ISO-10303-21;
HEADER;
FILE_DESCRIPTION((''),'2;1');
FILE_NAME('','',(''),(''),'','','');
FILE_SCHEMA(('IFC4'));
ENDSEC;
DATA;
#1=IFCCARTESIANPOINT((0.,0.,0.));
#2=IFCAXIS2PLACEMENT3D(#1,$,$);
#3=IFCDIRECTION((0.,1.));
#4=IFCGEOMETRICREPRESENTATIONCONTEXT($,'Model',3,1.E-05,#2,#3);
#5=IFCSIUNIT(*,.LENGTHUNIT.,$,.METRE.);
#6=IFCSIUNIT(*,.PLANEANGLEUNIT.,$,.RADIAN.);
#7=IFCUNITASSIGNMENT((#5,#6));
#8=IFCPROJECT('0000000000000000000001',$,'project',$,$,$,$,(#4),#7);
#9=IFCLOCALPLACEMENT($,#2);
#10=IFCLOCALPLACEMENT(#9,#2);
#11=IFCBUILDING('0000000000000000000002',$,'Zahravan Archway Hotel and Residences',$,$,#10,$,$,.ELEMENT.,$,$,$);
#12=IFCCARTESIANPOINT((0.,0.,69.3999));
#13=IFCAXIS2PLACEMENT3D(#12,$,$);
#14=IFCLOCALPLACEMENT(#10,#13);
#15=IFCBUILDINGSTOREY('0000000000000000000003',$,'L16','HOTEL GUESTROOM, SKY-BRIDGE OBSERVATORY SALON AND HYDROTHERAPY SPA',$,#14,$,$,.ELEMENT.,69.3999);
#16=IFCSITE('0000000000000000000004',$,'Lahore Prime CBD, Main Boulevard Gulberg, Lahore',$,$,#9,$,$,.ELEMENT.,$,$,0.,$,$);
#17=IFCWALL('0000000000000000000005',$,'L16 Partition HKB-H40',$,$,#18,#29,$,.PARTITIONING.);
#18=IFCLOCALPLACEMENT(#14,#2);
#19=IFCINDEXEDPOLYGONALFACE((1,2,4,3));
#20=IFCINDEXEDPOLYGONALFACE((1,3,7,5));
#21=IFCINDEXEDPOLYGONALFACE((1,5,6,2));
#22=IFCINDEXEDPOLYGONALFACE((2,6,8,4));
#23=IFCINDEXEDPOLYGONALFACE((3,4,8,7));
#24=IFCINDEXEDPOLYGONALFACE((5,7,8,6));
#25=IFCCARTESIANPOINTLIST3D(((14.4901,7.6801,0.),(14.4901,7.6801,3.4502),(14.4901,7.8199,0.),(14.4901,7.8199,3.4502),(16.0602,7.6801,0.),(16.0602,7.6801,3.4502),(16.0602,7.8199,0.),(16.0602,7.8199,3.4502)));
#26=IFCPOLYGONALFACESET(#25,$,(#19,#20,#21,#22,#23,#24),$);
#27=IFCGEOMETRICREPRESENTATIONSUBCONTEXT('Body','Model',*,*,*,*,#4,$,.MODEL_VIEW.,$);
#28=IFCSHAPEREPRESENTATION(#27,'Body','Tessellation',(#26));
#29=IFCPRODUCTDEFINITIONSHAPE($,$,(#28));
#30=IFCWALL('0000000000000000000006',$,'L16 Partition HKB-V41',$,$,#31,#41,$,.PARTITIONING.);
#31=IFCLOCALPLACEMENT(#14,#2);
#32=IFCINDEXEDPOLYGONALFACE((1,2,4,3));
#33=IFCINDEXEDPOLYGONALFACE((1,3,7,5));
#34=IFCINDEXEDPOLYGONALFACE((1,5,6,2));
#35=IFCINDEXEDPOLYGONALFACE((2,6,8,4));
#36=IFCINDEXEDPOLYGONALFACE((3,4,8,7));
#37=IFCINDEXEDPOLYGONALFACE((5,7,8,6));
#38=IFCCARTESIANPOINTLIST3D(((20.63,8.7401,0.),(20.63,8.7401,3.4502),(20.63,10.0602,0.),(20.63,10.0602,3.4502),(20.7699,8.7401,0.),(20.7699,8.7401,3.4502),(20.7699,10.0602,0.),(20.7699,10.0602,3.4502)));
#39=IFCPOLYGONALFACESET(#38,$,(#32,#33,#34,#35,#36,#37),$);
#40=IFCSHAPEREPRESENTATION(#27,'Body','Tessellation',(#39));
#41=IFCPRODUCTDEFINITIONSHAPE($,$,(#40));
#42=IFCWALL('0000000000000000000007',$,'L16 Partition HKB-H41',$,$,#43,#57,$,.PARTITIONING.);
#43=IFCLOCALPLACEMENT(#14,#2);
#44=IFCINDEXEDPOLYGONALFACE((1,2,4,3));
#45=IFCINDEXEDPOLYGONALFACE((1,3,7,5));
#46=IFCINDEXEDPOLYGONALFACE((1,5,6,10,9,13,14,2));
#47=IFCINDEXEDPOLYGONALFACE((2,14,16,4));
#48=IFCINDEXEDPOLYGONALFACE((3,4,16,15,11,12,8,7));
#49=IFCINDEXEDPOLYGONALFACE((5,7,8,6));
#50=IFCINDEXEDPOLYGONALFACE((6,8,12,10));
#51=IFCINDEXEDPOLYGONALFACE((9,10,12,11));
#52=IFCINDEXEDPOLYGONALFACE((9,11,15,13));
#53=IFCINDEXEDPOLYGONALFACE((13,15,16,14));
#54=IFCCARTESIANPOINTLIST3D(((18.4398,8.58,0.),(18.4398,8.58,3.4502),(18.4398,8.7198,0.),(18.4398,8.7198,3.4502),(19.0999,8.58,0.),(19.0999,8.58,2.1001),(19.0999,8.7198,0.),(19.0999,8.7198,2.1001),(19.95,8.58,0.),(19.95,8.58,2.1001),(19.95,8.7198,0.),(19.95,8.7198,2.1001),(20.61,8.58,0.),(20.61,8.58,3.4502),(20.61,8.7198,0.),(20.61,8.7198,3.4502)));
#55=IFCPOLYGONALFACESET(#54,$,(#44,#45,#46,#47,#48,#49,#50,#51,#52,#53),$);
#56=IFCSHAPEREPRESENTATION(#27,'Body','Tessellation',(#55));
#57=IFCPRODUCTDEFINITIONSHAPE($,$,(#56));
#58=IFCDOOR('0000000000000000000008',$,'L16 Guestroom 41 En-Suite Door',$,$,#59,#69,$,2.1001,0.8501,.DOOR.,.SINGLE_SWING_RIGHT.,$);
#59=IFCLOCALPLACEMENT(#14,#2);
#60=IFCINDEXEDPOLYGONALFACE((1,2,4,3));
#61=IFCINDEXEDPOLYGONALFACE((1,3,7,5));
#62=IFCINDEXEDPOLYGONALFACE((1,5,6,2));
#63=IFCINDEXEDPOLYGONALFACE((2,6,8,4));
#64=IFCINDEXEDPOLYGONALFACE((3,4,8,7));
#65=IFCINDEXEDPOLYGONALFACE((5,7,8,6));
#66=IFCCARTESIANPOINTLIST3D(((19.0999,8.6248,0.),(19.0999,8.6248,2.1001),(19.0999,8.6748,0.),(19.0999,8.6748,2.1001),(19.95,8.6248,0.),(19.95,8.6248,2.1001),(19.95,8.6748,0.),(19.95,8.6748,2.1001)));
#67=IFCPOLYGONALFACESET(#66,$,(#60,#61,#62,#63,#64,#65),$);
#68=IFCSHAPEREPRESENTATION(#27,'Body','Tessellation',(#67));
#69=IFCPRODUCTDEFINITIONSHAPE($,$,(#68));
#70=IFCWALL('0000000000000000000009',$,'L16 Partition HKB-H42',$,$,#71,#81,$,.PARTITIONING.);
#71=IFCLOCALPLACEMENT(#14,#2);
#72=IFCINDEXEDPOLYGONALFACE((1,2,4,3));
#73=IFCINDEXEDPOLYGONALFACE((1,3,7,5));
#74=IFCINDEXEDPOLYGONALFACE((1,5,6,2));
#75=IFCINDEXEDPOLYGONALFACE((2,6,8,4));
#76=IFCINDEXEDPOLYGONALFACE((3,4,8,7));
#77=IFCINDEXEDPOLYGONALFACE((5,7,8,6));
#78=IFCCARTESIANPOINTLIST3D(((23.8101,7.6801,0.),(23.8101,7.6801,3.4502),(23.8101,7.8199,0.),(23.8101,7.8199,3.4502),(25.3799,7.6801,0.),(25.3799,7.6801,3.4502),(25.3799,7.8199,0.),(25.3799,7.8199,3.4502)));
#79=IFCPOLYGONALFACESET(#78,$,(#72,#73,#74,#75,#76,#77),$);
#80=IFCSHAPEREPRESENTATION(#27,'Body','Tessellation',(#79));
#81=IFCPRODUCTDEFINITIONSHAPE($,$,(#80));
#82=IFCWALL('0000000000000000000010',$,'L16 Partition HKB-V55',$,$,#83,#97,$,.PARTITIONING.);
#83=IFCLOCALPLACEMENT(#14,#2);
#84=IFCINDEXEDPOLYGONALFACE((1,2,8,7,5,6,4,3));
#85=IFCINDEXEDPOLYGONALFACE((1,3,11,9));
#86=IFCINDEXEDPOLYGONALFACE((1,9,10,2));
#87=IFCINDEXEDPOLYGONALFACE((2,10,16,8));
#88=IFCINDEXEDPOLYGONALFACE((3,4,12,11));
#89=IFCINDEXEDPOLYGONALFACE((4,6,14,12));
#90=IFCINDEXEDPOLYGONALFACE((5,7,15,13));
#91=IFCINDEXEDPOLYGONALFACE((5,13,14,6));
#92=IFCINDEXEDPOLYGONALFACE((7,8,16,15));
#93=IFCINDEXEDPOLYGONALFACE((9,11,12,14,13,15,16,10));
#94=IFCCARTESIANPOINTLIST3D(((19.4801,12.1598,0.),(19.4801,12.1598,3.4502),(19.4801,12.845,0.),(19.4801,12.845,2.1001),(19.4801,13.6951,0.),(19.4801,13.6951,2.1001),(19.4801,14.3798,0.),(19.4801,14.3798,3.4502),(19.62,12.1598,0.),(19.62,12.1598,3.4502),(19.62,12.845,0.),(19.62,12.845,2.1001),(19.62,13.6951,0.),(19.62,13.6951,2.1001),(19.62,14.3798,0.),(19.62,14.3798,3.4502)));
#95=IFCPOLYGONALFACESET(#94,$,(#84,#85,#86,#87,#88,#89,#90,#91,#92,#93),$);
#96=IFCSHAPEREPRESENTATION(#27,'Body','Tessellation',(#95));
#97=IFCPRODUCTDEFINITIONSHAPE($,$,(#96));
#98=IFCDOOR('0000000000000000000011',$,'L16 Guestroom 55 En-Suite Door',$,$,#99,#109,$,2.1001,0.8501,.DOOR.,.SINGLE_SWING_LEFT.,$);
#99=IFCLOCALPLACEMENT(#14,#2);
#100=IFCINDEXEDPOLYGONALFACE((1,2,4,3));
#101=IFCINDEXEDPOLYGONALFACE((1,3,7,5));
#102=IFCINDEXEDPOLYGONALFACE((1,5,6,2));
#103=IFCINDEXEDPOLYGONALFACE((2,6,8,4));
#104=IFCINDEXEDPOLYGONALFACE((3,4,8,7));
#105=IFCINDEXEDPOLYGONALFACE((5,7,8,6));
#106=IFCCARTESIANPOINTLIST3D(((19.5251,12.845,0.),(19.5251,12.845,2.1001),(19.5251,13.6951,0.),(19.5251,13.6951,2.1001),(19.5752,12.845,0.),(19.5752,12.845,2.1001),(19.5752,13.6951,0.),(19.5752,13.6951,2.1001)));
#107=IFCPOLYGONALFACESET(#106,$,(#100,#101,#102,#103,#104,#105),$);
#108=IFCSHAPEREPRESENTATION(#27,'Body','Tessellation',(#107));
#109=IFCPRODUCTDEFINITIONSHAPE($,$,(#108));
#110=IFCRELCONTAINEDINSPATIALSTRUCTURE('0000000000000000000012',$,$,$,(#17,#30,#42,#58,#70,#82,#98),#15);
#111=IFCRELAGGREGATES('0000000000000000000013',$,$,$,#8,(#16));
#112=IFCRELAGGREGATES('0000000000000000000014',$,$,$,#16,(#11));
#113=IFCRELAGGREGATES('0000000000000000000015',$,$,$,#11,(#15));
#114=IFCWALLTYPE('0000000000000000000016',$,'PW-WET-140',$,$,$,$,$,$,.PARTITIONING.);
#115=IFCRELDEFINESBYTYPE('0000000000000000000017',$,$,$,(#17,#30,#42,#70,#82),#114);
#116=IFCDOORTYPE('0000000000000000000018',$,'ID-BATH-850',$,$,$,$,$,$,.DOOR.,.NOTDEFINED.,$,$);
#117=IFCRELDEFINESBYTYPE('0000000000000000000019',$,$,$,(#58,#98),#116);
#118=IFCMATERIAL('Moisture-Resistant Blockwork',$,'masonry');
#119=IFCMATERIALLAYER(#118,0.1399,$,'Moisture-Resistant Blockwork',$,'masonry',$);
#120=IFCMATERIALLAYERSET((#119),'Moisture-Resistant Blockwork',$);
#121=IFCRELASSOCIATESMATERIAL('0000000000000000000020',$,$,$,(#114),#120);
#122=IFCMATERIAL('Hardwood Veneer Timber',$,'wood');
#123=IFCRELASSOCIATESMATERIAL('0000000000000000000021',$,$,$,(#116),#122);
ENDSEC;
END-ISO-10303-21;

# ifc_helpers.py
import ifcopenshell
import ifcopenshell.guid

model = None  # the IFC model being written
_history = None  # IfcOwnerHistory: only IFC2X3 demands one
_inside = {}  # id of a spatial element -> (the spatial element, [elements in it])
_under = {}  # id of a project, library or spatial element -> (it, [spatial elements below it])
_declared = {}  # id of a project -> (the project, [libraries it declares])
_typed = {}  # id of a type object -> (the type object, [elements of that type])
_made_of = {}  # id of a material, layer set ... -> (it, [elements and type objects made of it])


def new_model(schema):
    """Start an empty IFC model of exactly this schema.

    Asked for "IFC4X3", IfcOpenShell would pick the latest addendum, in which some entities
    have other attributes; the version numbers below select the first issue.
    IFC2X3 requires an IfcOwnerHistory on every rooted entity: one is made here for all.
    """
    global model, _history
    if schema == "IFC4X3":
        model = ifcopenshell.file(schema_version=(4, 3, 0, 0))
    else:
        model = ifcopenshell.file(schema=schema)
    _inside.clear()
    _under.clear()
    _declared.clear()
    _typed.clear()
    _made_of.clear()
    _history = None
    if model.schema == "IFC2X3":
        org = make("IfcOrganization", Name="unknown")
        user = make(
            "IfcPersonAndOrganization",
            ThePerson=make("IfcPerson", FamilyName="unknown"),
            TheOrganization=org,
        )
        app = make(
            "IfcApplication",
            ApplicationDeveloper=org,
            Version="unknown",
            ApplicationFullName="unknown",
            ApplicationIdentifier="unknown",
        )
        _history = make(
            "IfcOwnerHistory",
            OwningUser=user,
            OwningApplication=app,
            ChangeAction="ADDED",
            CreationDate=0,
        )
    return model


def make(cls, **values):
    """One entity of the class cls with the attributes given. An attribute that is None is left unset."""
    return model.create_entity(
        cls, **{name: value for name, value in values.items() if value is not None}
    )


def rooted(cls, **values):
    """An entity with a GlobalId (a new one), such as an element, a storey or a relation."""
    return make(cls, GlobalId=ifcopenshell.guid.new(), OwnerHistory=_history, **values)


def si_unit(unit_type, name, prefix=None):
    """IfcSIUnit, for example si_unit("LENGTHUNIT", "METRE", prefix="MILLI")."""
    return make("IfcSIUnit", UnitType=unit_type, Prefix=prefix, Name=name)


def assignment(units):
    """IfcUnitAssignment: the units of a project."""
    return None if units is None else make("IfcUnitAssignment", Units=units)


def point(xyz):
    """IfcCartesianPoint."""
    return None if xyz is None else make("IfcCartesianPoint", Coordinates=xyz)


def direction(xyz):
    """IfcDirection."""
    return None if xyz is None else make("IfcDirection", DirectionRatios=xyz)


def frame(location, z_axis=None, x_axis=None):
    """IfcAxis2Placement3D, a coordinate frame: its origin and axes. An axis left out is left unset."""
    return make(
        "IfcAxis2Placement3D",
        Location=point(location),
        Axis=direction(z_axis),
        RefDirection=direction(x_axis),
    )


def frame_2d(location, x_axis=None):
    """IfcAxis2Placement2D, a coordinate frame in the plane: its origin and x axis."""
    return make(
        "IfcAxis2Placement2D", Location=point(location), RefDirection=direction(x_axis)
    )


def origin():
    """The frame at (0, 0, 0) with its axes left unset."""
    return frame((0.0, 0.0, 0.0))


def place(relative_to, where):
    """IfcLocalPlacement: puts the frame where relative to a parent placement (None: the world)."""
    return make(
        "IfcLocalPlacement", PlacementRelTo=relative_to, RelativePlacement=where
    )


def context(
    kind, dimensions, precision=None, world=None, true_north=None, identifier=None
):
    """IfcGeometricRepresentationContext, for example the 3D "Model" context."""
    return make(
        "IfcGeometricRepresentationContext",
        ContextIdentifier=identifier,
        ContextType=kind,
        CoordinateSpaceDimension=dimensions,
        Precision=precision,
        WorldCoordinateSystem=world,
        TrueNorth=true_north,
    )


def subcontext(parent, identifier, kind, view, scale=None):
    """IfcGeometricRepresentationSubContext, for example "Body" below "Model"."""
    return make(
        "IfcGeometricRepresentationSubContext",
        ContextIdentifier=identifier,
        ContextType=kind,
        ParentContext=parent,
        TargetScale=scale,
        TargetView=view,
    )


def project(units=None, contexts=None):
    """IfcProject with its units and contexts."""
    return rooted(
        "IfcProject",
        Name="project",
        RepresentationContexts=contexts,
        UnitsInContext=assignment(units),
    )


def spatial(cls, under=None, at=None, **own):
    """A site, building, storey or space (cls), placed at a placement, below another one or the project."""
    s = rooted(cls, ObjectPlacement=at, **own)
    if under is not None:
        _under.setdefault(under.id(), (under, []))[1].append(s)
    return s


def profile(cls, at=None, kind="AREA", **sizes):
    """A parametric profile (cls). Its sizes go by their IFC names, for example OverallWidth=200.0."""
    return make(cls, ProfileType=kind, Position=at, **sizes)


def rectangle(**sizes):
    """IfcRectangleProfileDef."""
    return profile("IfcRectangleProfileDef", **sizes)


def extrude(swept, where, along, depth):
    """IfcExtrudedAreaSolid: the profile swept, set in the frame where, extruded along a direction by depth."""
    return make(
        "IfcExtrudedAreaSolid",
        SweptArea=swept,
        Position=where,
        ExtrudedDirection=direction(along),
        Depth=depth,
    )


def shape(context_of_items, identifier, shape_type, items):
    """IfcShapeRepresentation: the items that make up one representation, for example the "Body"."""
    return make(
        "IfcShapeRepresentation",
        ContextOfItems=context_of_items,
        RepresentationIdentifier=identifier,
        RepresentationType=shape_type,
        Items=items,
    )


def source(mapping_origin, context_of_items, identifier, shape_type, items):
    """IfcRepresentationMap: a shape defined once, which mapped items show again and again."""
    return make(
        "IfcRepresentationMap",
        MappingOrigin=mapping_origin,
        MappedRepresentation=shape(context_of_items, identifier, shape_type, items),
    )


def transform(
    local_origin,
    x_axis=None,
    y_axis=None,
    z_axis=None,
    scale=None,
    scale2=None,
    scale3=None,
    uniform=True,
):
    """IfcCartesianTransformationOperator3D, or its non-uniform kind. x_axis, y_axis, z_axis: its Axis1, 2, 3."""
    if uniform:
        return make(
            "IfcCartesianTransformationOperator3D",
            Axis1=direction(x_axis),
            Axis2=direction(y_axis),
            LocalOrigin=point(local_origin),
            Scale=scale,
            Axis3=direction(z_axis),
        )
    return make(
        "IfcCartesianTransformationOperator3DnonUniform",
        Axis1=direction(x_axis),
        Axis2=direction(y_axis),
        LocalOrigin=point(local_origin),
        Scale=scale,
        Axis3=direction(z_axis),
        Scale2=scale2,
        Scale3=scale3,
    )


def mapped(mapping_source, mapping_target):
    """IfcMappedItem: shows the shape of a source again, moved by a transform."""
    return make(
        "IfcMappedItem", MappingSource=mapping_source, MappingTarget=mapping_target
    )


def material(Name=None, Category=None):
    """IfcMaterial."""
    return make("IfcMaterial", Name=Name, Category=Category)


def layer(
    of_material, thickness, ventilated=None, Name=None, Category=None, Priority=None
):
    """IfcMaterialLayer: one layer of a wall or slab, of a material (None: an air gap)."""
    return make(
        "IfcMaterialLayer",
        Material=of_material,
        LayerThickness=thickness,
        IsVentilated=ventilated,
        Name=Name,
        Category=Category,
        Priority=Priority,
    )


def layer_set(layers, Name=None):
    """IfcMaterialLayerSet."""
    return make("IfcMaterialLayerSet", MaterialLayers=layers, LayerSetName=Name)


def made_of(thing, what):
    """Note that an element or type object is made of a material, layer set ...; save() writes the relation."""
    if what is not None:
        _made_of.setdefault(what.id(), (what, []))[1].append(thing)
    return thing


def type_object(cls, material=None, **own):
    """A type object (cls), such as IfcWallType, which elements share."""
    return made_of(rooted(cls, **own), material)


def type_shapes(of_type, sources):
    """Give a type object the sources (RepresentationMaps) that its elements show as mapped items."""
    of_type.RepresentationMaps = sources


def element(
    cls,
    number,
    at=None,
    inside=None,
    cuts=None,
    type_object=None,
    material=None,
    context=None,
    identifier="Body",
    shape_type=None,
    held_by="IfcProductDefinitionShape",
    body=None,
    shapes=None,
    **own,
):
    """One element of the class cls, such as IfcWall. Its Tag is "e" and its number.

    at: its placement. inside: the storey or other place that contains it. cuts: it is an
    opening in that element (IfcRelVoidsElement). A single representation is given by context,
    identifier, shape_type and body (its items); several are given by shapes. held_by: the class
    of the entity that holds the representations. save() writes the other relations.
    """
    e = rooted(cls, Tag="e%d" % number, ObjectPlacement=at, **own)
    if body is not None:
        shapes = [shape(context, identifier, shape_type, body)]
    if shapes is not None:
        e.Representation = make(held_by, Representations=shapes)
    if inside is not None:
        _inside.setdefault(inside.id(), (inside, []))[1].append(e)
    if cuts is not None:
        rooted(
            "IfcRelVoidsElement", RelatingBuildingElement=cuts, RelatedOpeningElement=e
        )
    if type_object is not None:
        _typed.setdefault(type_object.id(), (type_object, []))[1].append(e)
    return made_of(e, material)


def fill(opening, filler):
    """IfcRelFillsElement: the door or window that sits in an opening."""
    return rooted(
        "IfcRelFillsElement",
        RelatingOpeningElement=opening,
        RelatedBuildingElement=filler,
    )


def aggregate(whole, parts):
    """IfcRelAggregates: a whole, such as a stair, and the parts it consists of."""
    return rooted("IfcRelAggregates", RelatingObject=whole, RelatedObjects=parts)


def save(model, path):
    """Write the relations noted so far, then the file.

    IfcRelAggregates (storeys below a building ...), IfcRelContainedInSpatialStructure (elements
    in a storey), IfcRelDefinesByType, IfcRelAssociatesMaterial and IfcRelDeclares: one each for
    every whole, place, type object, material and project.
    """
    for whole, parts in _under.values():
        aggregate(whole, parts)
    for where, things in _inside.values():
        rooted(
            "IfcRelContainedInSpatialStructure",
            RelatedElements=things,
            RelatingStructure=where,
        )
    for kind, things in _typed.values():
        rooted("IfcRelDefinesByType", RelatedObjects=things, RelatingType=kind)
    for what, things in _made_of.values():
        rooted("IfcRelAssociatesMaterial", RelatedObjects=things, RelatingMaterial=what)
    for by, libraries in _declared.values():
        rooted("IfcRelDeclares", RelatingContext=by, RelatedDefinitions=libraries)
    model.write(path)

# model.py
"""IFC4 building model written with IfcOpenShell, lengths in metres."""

from ifc_helpers import new_model, si_unit, direction, frame, frame_2d, origin, place, context, subcontext, project, spatial, rectangle, extrude, source, transform, mapped, material, layer, layer_set, type_object, type_shapes, element, fill, save


model = new_model("IFC4")

# Units and contexts
model_context = context("Model", 3, precision=1e-05, world=origin(), true_north=direction((0.0, 1.0)))
body_context = subcontext(model_context, "Body", "Model", "MODEL_VIEW")
ifc_project = project(units=[si_unit("LENGTHUNIT", "METRE"), si_unit("PLANEANGLEUNIT", "RADIAN")], contexts=[model_context])

# Site, building, storey
site_placement = place(None, origin())
site = spatial("IfcSite", under=ifc_project, at=site_placement, Name="Lahore Prime CBD, Main Boulevard Gulberg, Lahore", CompositionType="ELEMENT", RefElevation=0.0)
building_placement = place(site_placement, origin())
building = spatial("IfcBuilding", under=site, at=building_placement, Name="Zahravan Archway Hotel and Residences", CompositionType="ELEMENT")
storey_placement = place(building_placement, frame((0.0, 0.0, 69.3999)))
storey = spatial("IfcBuildingStorey", under=building, at=storey_placement, Name="L16", Description="HOTEL GUESTROOM, SKY-BRIDGE OBSERVATORY SALON AND HYDROTHERAPY SPA", CompositionType="ELEMENT", Elevation=69.3999)

# Shared definitions
ifc_material_1 = material(Name="Hardwood Veneer Timber", Category="wood")

# Shared definitions
ifc_material_2 = material(Name="Moisture-Resistant Blockwork", Category="masonry")
ifc_layer_1 = layer(ifc_material_2, 0.1399, Name="Moisture-Resistant Blockwork", Category="masonry")
ifc_layer_set_1 = layer_set([ifc_layer_1], Name="Moisture-Resistant Blockwork")
wall_type_1 = type_object("IfcWallType", Name="PW-WET-140", PredefinedType="PARTITIONING", material=ifc_layer_set_1)
door_type_1 = type_object("IfcDoorType", Name="ID-BATH-850", OperationType="NOTDEFINED", PredefinedType="DOOR", material=ifc_material_1)
shared_shape_1 = source(origin(), body_context, "Body", "SweptSolid", [
    extrude(rectangle(XDim=0.8501, YDim=2.1001, at=frame_2d((0.425, 1.05))), frame((0.0, 0.0249, 0.0), z_axis=(0.0, -1.0, 0.0), x_axis=(1.0, 0.0, 0.0)), (0.0, 0.0, 1.0), 0.05),
])
type_shapes(door_type_1, [shared_shape_1])

# Walls
wall_1_placement = place(storey_placement, frame((14.49, 7.75, 0.0), z_axis=(0.0, 0.0, 1.0), x_axis=(1.0, 0.0, 0.0)))
element("IfcWall", 1, at=wall_1_placement, inside=storey, type_object=wall_type_1, Name="L16 Partition HKB-H40", PredefinedType="PARTITIONING", context=body_context, shape_type="SweptSolid", body=[
    extrude(rectangle(XDim=1.5701, YDim=0.1399, at=frame_2d((0.7852, 0.0))), origin(), (0.0, 0.0, 1.0), 3.4502),
])
wall_2_placement = place(storey_placement, frame((20.7, 8.74, 0.0), z_axis=(0.0, 0.0, 1.0), x_axis=(0.0, 1.0, 0.0)))
element("IfcWall", 2, at=wall_2_placement, inside=storey, type_object=wall_type_1, Name="L16 Partition HKB-V41", PredefinedType="PARTITIONING", context=body_context, shape_type="SweptSolid", body=[
    extrude(rectangle(XDim=1.3201, YDim=0.1399, at=frame_2d((0.6602, 0.0))), origin(), (0.0, 0.0, 1.0), 3.4502),
])

# Wall, opening, door
wall_3_placement = place(storey_placement, frame((18.4399, 8.6499, 0.0), z_axis=(0.0, 0.0, 1.0), x_axis=(1.0, 0.0, 0.0)))
wall_3 = element("IfcWall", 3, at=wall_3_placement, inside=storey, type_object=wall_type_1, Name="L16 Partition HKB-H41", PredefinedType="PARTITIONING", context=body_context, shape_type="SweptSolid", body=[
    extrude(rectangle(XDim=2.1702, YDim=0.1399, at=frame_2d((1.085, 0.0))), origin(), (0.0, 0.0, 1.0), 3.4502),
])
opening_1_placement = place(wall_3_placement, frame((0.6599, 0.0, 0.0)))
opening_1 = element("IfcOpeningElement", 4, at=opening_1_placement, cuts=wall_3, PredefinedType="OPENING", context=body_context, shape_type="SweptSolid", body=[
    extrude(rectangle(XDim=0.8501, YDim=2.1001, at=frame_2d((0.425, 1.05))), frame((0.0, 0.0801, 0.0), z_axis=(0.0, -1.0, 0.0), x_axis=(1.0, 0.0, 0.0)), (0.0, 0.0, 1.0), 0.1599),
])
door_1_placement = place(opening_1_placement, origin())
door_1 = element("IfcDoor", 5, at=door_1_placement, inside=storey, type_object=door_type_1, Name="L16 Guestroom 41 En-Suite Door", OperationType="SINGLE_SWING_RIGHT", OverallHeight=2.1001, OverallWidth=0.8501, PredefinedType="DOOR", context=body_context, shape_type="MappedRepresentation", body=[
    mapped(shared_shape_1, transform((0.0, 0.0, 0.0), scale=1.0)),
])
fill(opening_1, door_1)

# Wall
wall_4_placement = place(storey_placement, frame((23.8101, 7.75, 0.0), z_axis=(0.0, 0.0, 1.0), x_axis=(1.0, 0.0, 0.0)))
element("IfcWall", 6, at=wall_4_placement, inside=storey, type_object=wall_type_1, Name="L16 Partition HKB-H42", PredefinedType="PARTITIONING", context=body_context, shape_type="SweptSolid", body=[
    extrude(rectangle(XDim=1.5698, YDim=0.1399, at=frame_2d((0.7849, 0.0))), origin(), (0.0, 0.0, 1.0), 3.4502),
])

# Wall, opening, door
wall_5_placement = place(storey_placement, frame((19.55, 12.1599, 0.0), z_axis=(0.0, 0.0, 1.0), x_axis=(0.0, 1.0, 0.0)))
wall_5 = element("IfcWall", 7, at=wall_5_placement, inside=storey, type_object=wall_type_1, Name="L16 Partition HKB-V55", PredefinedType="PARTITIONING", context=body_context, shape_type="SweptSolid", body=[
    extrude(rectangle(XDim=2.22, YDim=0.1399, at=frame_2d((1.1099, 0.0))), origin(), (0.0, 0.0, 1.0), 3.4502),
])
opening_2_placement = place(wall_5_placement, frame((0.6851, 0.0, 0.0)))
opening_2 = element("IfcOpeningElement", 8, at=opening_2_placement, cuts=wall_5, PredefinedType="OPENING", context=body_context, shape_type="SweptSolid", body=[
    extrude(rectangle(XDim=0.8501, YDim=2.1001, at=frame_2d((0.425, 1.05))), frame((0.0, 0.0801, 0.0), z_axis=(0.0, -1.0, 0.0), x_axis=(1.0, 0.0, 0.0)), (0.0, 0.0, 1.0), 0.1599),
])
door_2_placement = place(opening_2_placement, origin())
door_2 = element("IfcDoor", 9, at=door_2_placement, inside=storey, type_object=door_type_1, Name="L16 Guestroom 55 En-Suite Door", OperationType="SINGLE_SWING_LEFT", OverallHeight=2.1001, OverallWidth=0.8501, PredefinedType="DOOR", context=body_context, shape_type="MappedRepresentation", body=[
    mapped(shared_shape_1, transform((0.0, 0.0, 0.0), scale=1.0)),
])
fill(opening_2, door_2)

save(model, "model.ifc")
